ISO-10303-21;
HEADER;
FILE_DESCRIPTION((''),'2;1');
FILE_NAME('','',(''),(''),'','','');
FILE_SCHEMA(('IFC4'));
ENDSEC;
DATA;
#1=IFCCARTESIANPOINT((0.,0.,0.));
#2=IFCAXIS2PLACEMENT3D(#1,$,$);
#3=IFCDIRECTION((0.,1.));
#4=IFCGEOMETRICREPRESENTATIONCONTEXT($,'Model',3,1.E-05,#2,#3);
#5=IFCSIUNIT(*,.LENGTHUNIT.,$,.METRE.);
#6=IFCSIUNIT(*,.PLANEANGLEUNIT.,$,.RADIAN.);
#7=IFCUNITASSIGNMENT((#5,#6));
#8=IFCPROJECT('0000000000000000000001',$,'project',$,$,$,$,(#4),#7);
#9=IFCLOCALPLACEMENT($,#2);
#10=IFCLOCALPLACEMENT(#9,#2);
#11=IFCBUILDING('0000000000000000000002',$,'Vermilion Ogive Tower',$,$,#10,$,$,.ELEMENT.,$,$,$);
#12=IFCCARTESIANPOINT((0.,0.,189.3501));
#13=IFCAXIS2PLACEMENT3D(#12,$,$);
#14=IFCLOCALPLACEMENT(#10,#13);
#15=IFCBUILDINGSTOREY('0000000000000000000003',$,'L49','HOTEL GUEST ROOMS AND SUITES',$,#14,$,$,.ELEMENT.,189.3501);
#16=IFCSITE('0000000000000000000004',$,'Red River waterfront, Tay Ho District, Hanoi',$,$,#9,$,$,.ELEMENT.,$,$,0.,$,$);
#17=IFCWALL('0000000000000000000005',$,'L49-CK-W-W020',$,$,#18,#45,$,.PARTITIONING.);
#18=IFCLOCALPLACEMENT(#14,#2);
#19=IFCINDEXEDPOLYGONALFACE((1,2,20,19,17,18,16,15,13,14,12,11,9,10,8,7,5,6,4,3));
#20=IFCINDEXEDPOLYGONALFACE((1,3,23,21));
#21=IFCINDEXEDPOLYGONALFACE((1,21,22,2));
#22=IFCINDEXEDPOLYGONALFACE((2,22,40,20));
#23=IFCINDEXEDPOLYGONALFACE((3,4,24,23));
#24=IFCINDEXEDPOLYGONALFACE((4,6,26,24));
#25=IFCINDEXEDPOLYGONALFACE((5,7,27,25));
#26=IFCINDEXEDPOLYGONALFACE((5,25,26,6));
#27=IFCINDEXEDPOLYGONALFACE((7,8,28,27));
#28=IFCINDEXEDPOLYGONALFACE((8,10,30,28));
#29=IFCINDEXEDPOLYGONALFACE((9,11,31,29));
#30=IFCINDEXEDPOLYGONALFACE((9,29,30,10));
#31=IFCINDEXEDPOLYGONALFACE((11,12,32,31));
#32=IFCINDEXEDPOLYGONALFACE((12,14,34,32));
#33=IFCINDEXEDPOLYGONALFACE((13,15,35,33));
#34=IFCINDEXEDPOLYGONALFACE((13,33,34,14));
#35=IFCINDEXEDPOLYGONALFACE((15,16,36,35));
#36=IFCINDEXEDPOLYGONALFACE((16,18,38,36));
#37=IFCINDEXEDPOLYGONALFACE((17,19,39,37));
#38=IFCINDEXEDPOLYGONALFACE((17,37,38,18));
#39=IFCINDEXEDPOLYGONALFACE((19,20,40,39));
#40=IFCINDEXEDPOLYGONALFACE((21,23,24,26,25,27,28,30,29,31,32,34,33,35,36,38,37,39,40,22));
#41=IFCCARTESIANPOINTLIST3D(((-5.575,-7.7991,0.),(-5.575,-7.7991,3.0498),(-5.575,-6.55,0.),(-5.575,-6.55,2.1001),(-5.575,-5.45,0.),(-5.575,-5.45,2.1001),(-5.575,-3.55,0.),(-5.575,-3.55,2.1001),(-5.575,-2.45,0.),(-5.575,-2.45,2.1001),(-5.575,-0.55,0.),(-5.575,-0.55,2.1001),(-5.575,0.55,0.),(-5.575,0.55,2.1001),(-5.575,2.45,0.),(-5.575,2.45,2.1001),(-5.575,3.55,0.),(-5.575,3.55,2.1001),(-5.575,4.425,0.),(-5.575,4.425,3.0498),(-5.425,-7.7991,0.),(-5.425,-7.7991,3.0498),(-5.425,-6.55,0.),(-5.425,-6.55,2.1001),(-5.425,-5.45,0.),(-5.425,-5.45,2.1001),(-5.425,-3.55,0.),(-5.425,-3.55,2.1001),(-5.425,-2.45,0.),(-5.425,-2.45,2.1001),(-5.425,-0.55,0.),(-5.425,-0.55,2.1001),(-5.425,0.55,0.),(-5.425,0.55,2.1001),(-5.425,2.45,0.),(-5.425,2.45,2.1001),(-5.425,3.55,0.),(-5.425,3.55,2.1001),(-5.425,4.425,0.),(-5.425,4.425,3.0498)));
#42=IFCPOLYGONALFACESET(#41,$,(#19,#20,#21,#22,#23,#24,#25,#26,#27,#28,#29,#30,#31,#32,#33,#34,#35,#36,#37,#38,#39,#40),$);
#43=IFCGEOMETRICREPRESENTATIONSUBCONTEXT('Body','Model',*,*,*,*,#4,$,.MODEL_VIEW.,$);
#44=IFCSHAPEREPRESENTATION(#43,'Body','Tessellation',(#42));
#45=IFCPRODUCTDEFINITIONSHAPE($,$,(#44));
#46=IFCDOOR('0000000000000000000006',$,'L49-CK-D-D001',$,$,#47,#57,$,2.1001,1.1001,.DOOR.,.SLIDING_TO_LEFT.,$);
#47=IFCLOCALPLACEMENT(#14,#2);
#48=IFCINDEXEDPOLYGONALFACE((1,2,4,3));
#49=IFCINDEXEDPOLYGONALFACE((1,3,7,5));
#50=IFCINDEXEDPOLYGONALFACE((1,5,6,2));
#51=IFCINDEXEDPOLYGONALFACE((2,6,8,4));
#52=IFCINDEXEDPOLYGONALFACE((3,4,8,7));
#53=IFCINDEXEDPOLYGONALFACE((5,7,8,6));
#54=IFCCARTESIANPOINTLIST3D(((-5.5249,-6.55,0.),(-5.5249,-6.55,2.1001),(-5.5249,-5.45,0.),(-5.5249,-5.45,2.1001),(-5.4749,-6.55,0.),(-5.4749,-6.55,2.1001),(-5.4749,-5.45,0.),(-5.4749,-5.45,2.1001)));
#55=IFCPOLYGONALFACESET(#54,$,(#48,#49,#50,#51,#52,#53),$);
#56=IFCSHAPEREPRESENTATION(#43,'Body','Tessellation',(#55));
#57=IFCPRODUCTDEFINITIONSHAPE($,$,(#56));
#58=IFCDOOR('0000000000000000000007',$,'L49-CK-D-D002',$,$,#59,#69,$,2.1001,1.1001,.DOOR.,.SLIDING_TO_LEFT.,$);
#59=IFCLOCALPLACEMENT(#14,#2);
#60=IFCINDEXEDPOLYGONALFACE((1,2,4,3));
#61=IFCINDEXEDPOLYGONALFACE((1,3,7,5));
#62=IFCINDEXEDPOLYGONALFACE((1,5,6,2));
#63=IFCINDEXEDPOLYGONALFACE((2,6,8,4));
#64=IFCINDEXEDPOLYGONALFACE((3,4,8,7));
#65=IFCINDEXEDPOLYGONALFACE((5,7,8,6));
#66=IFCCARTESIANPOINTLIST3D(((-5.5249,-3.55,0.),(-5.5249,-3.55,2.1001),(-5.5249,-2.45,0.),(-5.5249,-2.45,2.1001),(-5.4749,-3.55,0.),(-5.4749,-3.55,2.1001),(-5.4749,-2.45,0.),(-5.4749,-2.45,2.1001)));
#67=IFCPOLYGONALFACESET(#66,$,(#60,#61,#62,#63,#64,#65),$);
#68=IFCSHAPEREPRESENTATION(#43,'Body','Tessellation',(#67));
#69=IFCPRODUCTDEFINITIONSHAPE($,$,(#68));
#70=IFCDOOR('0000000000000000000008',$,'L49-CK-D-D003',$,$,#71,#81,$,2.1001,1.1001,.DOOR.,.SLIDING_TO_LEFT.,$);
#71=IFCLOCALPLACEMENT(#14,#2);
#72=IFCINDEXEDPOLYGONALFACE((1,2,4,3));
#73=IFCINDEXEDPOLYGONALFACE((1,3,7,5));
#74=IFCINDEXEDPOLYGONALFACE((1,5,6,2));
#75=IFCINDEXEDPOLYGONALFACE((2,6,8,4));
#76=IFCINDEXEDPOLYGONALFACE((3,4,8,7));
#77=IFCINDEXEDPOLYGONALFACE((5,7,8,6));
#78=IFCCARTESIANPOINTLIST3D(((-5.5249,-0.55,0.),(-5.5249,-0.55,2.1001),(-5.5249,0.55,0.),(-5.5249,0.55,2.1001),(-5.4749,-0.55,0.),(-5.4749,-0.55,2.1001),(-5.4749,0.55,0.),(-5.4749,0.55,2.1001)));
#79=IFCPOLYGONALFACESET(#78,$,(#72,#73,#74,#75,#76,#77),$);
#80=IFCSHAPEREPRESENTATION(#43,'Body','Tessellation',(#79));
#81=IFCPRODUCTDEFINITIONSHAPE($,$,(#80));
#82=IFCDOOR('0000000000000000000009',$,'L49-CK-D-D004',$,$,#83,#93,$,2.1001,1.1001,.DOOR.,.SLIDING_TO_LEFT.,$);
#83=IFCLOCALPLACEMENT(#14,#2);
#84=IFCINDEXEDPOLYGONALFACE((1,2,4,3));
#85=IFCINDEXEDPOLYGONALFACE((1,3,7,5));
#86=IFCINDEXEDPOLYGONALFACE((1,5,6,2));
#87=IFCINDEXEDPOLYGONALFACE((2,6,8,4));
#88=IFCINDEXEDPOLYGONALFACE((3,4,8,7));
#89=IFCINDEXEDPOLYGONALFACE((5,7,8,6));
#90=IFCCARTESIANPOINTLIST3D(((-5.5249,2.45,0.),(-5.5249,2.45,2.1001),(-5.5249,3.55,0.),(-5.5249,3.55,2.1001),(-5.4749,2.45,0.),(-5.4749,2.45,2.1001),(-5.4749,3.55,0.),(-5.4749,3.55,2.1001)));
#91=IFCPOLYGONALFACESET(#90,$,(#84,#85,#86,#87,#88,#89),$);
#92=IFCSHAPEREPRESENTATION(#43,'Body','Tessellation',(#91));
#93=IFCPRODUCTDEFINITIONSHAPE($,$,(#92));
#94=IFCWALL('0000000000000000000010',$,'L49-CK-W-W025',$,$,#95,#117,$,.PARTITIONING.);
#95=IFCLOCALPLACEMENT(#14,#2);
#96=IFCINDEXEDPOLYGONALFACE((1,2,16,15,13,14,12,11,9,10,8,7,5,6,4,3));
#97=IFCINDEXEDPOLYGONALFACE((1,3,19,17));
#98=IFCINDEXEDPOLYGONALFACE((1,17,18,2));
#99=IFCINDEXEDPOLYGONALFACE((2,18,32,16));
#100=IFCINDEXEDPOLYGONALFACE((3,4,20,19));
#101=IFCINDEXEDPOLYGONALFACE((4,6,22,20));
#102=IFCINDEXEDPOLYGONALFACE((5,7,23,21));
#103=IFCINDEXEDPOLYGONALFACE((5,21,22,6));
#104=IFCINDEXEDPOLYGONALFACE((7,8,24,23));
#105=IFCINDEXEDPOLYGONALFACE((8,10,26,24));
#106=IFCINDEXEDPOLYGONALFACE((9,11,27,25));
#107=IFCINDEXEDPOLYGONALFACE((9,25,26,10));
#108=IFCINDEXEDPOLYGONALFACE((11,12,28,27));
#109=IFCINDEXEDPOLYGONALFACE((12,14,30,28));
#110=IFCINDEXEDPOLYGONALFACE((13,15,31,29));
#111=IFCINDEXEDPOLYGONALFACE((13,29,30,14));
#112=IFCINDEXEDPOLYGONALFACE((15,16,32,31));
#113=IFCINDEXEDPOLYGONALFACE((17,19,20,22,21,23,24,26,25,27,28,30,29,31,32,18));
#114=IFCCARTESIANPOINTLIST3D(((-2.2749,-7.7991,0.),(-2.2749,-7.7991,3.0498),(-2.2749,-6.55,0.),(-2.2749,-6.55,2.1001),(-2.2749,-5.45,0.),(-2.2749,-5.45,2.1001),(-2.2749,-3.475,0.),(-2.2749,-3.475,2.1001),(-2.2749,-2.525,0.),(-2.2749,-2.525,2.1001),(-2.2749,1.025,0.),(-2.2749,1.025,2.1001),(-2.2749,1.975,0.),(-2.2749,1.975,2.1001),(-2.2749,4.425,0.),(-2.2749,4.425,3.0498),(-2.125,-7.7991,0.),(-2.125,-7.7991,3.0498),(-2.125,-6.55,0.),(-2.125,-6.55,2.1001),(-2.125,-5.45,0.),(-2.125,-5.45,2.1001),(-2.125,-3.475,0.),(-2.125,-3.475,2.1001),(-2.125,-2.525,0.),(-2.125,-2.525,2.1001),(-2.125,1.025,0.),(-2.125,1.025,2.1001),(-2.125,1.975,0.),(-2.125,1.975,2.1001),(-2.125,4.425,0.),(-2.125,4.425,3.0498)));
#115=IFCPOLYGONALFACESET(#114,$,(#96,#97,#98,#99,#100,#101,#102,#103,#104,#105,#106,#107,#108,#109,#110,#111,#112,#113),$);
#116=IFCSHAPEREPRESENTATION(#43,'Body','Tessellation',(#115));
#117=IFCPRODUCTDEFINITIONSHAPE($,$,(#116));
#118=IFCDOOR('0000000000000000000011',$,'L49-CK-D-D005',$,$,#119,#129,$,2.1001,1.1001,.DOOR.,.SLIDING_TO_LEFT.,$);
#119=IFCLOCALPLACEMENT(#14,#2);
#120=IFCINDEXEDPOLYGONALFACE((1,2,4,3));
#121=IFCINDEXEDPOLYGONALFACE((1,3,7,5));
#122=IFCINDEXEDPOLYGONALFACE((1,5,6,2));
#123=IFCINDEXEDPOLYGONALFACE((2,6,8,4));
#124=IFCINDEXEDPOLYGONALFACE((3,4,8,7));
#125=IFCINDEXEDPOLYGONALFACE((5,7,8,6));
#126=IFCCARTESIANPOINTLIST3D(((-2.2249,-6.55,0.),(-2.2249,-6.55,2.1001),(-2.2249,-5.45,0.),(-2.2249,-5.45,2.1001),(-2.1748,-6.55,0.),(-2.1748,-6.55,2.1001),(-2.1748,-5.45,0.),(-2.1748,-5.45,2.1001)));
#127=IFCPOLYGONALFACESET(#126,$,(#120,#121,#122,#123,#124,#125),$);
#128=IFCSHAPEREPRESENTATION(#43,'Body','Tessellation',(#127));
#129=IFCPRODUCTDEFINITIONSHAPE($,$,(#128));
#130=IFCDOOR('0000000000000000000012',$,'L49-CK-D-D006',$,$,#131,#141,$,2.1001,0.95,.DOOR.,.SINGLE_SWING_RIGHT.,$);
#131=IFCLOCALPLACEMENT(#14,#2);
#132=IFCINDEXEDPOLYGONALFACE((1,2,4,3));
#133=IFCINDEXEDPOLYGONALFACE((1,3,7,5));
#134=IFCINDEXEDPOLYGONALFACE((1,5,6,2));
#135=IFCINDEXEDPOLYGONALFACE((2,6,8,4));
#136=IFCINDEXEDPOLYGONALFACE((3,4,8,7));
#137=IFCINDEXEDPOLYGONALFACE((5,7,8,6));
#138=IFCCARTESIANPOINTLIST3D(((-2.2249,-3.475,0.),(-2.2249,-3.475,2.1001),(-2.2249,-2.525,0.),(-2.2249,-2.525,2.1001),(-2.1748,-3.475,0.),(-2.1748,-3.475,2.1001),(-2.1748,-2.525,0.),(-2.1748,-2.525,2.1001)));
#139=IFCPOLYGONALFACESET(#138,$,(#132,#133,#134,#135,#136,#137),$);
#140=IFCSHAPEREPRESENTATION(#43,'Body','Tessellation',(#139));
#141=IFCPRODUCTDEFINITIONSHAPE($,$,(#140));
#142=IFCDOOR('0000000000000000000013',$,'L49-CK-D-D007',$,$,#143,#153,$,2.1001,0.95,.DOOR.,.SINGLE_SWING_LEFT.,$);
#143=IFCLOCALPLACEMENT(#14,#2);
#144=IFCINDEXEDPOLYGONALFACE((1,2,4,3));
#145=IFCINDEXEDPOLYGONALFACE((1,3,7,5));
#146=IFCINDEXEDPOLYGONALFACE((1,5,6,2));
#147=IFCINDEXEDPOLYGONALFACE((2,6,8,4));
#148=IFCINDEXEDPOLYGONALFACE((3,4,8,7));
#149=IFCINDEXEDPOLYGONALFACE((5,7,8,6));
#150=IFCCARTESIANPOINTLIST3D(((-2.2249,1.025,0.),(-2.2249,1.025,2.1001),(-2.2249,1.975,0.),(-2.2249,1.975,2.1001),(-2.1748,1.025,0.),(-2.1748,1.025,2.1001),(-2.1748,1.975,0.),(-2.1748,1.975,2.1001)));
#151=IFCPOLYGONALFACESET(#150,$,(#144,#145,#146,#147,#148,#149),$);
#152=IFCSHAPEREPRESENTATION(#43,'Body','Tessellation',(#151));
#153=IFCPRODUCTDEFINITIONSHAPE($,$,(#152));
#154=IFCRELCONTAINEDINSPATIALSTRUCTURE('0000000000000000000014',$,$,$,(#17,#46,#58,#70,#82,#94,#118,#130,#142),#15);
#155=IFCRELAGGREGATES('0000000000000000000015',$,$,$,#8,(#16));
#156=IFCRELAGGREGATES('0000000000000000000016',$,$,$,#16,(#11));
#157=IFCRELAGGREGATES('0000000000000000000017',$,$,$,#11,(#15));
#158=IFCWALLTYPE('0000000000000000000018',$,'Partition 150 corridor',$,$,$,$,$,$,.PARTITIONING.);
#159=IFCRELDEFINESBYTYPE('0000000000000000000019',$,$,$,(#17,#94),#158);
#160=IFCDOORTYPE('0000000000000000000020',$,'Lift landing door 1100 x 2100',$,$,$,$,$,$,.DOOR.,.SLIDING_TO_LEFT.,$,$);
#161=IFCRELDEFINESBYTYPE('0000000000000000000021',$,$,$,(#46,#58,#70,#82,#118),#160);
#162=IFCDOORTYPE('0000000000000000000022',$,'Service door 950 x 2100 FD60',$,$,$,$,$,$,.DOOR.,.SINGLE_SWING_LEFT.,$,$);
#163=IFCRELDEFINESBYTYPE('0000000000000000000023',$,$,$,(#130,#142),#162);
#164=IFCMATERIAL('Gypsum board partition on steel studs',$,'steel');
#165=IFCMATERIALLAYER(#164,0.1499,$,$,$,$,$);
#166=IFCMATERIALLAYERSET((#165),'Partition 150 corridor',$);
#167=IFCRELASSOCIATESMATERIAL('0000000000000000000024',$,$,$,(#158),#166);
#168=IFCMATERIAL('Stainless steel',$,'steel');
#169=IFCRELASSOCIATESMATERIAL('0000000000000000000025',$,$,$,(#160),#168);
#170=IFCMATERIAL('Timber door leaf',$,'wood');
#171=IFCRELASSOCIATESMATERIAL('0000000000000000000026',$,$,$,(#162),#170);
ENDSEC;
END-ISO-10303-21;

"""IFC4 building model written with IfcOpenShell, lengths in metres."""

from ifc_helpers import new_model, si_unit, direction, frame, frame_2d, origin, place, context, subcontext, project, spatial, rectangle, extrude, material, layer, layer_set, type_object, element, fill, save


model = new_model("IFC4")

# Units and contexts
model_context = context("Model", 3, precision=1e-05, world=origin(), true_north=direction((0.0, 1.0)))
body_context = subcontext(model_context, "Body", "Model", "MODEL_VIEW")
ifc_project = project(units=[si_unit("LENGTHUNIT", "METRE"), si_unit("PLANEANGLEUNIT", "RADIAN")], contexts=[model_context])

# Site, building, storey
site_placement = place(None, origin())
site = spatial("IfcSite", under=ifc_project, at=site_placement, Name="Red River waterfront, Tay Ho District, Hanoi", CompositionType="ELEMENT", RefElevation=0.0)
building_placement = place(site_placement, origin())
building = spatial("IfcBuilding", under=site, at=building_placement, Name="Vermilion Ogive Tower", CompositionType="ELEMENT")
storey_placement = place(building_placement, frame((0.0, 0.0, 189.3501)))
storey = spatial("IfcBuildingStorey", under=building, at=storey_placement, Name="L49", Description="HOTEL GUEST ROOMS AND SUITES", CompositionType="ELEMENT", Elevation=189.3501)

# Walls, openings, doors
ifc_material_1 = material(Name="Gypsum board partition on steel studs", Category="steel")
ifc_layer_1 = layer(ifc_material_1, 0.1499)
ifc_layer_set_1 = layer_set([ifc_layer_1], Name="Partition 150 corridor")
wall_type_1 = type_object("IfcWallType", Name="Partition 150 corridor", PredefinedType="PARTITIONING", material=ifc_layer_set_1)
wall_1_placement = place(storey_placement, frame((-5.5, -7.7991, 0.0), z_axis=(0.0, 0.0, 1.0), x_axis=(0.0, 1.0, 0.0)))
wall_1 = element("IfcWall", 1, at=wall_1_placement, inside=storey, type_object=wall_type_1, Name="L49-CK-W-W020", PredefinedType="PARTITIONING", context=body_context, shape_type="SweptSolid", body=[
    extrude(rectangle(XDim=12.2241, YDim=0.1499, at=frame_2d((6.1121, 0.0))), origin(), (0.0, 0.0, 1.0), 3.0498),
])
opening_1_placement = place(wall_1_placement, frame((1.249, 0.0, 0.0)))
opening_1 = element("IfcOpeningElement", 2, at=opening_1_placement, cuts=wall_1, PredefinedType="OPENING", context=body_context, shape_type="SweptSolid", body=[
    extrude(rectangle(XDim=1.1001, YDim=2.1001, at=frame_2d((0.55, 1.05))), frame((0.0, 0.085, 0.0), z_axis=(0.0, -1.0, 0.0), x_axis=(1.0, 0.0, 0.0)), (0.0, 0.0, 1.0), 0.1699),
])
opening_2_placement = place(wall_1_placement, frame((4.249, 0.0, 0.0)))
opening_2 = element("IfcOpeningElement", 3, at=opening_2_placement, cuts=wall_1, PredefinedType="OPENING", context=body_context, shape_type="SweptSolid", body=[
    extrude(rectangle(XDim=1.1001, YDim=2.1001, at=frame_2d((0.55, 1.05))), frame((0.0, 0.085, 0.0), z_axis=(0.0, -1.0, 0.0), x_axis=(1.0, 0.0, 0.0)), (0.0, 0.0, 1.0), 0.1699),
])
opening_3_placement = place(wall_1_placement, frame((7.249, 0.0, 0.0)))
opening_3 = element("IfcOpeningElement", 4, at=opening_3_placement, cuts=wall_1, PredefinedType="OPENING", context=body_context, shape_type="SweptSolid", body=[
    extrude(rectangle(XDim=1.1001, YDim=2.1001, at=frame_2d((0.55, 1.05))), frame((0.0, 0.085, 0.0), z_axis=(0.0, -1.0, 0.0), x_axis=(1.0, 0.0, 0.0)), (0.0, 0.0, 1.0), 0.1699),
])
opening_4_placement = place(wall_1_placement, frame((10.249, 0.0, 0.0)))
opening_4 = element("IfcOpeningElement", 5, at=opening_4_placement, cuts=wall_1, PredefinedType="OPENING", context=body_context, shape_type="SweptSolid", body=[
    extrude(rectangle(XDim=1.1001, YDim=2.1001, at=frame_2d((0.55, 1.05))), frame((0.0, 0.085, 0.0), z_axis=(0.0, -1.0, 0.0), x_axis=(1.0, 0.0, 0.0)), (0.0, 0.0, 1.0), 0.1699),
])
ifc_material_2 = material(Name="Stainless steel", Category="steel")
door_type_1 = type_object("IfcDoorType", Name="Lift landing door 1100 x 2100", OperationType="SLIDING_TO_LEFT", PredefinedType="DOOR", material=ifc_material_2)
door_1_placement = place(opening_1_placement, origin())
door_1 = element("IfcDoor", 6, at=door_1_placement, inside=storey, type_object=door_type_1, Name="L49-CK-D-D001", OperationType="SLIDING_TO_LEFT", OverallHeight=2.1001, OverallWidth=1.1001, PredefinedType="DOOR", context=body_context, shape_type="SweptSolid", body=[
    extrude(rectangle(XDim=1.1001, YDim=2.1001, at=frame_2d((0.55, 1.05))), frame((0.0, 0.0249, 0.0), z_axis=(0.0, -1.0, 0.0), x_axis=(1.0, 0.0, 0.0)), (0.0, 0.0, 1.0), 0.05),
])
fill(opening_1, door_1)
door_2_placement = place(opening_2_placement, origin())
door_2 = element("IfcDoor", 7, at=door_2_placement, inside=storey, type_object=door_type_1, Name="L49-CK-D-D002", OperationType="SLIDING_TO_LEFT", OverallHeight=2.1001, OverallWidth=1.1001, PredefinedType="DOOR", context=body_context, shape_type="SweptSolid", body=[
    extrude(rectangle(XDim=1.1001, YDim=2.1001, at=frame_2d((0.55, 1.05))), frame((0.0, 0.0249, 0.0), z_axis=(0.0, -1.0, 0.0), x_axis=(1.0, 0.0, 0.0)), (0.0, 0.0, 1.0), 0.05),
])
fill(opening_2, door_2)
door_3_placement = place(opening_3_placement, origin())
door_3 = element("IfcDoor", 8, at=door_3_placement, inside=storey, type_object=door_type_1, Name="L49-CK-D-D003", OperationType="SLIDING_TO_LEFT", OverallHeight=2.1001, OverallWidth=1.1001, PredefinedType="DOOR", context=body_context, shape_type="SweptSolid", body=[
    extrude(rectangle(XDim=1.1001, YDim=2.1001, at=frame_2d((0.55, 1.05))), frame((0.0, 0.0249, 0.0), z_axis=(0.0, -1.0, 0.0), x_axis=(1.0, 0.0, 0.0)), (0.0, 0.0, 1.0), 0.05),
])
fill(opening_3, door_3)
door_4_placement = place(opening_4_placement, origin())
door_4 = element("IfcDoor", 9, at=door_4_placement, inside=storey, type_object=door_type_1, Name="L49-CK-D-D004", OperationType="SLIDING_TO_LEFT", OverallHeight=2.1001, OverallWidth=1.1001, PredefinedType="DOOR", context=body_context, shape_type="SweptSolid", body=[
    extrude(rectangle(XDim=1.1001, YDim=2.1001, at=frame_2d((0.55, 1.05))), frame((0.0, 0.0249, 0.0), z_axis=(0.0, -1.0, 0.0), x_axis=(1.0, 0.0, 0.0)), (0.0, 0.0, 1.0), 0.05),
])
fill(opening_4, door_4)
wall_2_placement = place(storey_placement, frame((-2.2, -7.7991, 0.0), z_axis=(0.0, 0.0, 1.0), x_axis=(0.0, 1.0, 0.0)))
wall_2 = element("IfcWall", 10, at=wall_2_placement, inside=storey, type_object=wall_type_1, Name="L49-CK-W-W025", PredefinedType="PARTITIONING", context=body_context, shape_type="SweptSolid", body=[
    extrude(rectangle(XDim=12.2241, YDim=0.1499, at=frame_2d((6.1121, 0.0))), origin(), (0.0, 0.0, 1.0), 3.0498),
])
opening_5_placement = place(wall_2_placement, frame((1.249, 0.0, 0.0)))
opening_5 = element("IfcOpeningElement", 11, at=opening_5_placement, cuts=wall_2, PredefinedType="OPENING", context=body_context, shape_type="SweptSolid", body=[
    extrude(rectangle(XDim=1.1001, YDim=2.1001, at=frame_2d((0.55, 1.05))), frame((0.0, 0.085, 0.0), z_axis=(0.0, -1.0, 0.0), x_axis=(1.0, 0.0, 0.0)), (0.0, 0.0, 1.0), 0.1699),
])
opening_6_placement = place(wall_2_placement, frame((4.324, 0.0, 0.0)))
opening_6 = element("IfcOpeningElement", 12, at=opening_6_placement, cuts=wall_2, PredefinedType="OPENING", context=body_context, shape_type="SweptSolid", body=[
    extrude(rectangle(XDim=0.95, YDim=2.1001, at=frame_2d((0.4751, 1.05))), frame((0.0, 0.085, 0.0), z_axis=(0.0, -1.0, 0.0), x_axis=(1.0, 0.0, 0.0)), (0.0, 0.0, 1.0), 0.1699),
])
opening_7_placement = place(wall_2_placement, frame((8.824, 0.0, 0.0)))
opening_7 = element("IfcOpeningElement", 13, at=opening_7_placement, cuts=wall_2, PredefinedType="OPENING", context=body_context, shape_type="SweptSolid", body=[
    extrude(rectangle(XDim=0.95, YDim=2.1001, at=frame_2d((0.4751, 1.05))), frame((0.0, 0.085, 0.0), z_axis=(0.0, -1.0, 0.0), x_axis=(1.0, 0.0, 0.0)), (0.0, 0.0, 1.0), 0.1699),
])
door_5_placement = place(opening_5_placement, origin())
door_5 = element("IfcDoor", 14, at=door_5_placement, inside=storey, type_object=door_type_1, Name="L49-CK-D-D005", OperationType="SLIDING_TO_LEFT", OverallHeight=2.1001, OverallWidth=1.1001, PredefinedType="DOOR", context=body_context, shape_type="SweptSolid", body=[
    extrude(rectangle(XDim=1.1001, YDim=2.1001, at=frame_2d((0.55, 1.05))), frame((0.0, 0.0249, 0.0), z_axis=(0.0, -1.0, 0.0), x_axis=(1.0, 0.0, 0.0)), (0.0, 0.0, 1.0), 0.05),
])
fill(opening_5, door_5)
ifc_material_3 = material(Name="Timber door leaf", Category="wood")
door_type_2 = type_object("IfcDoorType", Name="Service door 950 x 2100 FD60", OperationType="SINGLE_SWING_LEFT", PredefinedType="DOOR", material=ifc_material_3)
door_6_placement = place(opening_6_placement, origin())
door_6 = element("IfcDoor", 15, at=door_6_placement, inside=storey, type_object=door_type_2, Name="L49-CK-D-D006", OperationType="SINGLE_SWING_RIGHT", OverallHeight=2.1001, OverallWidth=0.95, PredefinedType="DOOR", context=body_context, shape_type="SweptSolid", body=[
    extrude(rectangle(XDim=0.95, YDim=2.1001, at=frame_2d((0.4751, 1.05))), frame((0.0, 0.0249, 0.0), z_axis=(0.0, -1.0, 0.0), x_axis=(1.0, 0.0, 0.0)), (0.0, 0.0, 1.0), 0.05),
])
fill(opening_6, door_6)
door_7_placement = place(opening_7_placement, origin())
door_7 = element("IfcDoor", 16, at=door_7_placement, inside=storey, type_object=door_type_2, Name="L49-CK-D-D007", OperationType="SINGLE_SWING_LEFT", OverallHeight=2.1001, OverallWidth=0.95, PredefinedType="DOOR", context=body_context, shape_type="SweptSolid", body=[
    extrude(rectangle(XDim=0.95, YDim=2.1001, at=frame_2d((0.4751, 1.05))), frame((0.0, 0.0249, 0.0), z_axis=(0.0, -1.0, 0.0), x_axis=(1.0, 0.0, 0.0)), (0.0, 0.0, 1.0), 0.05),
])
fill(opening_7, door_7)

save(model, "model.ifc")
